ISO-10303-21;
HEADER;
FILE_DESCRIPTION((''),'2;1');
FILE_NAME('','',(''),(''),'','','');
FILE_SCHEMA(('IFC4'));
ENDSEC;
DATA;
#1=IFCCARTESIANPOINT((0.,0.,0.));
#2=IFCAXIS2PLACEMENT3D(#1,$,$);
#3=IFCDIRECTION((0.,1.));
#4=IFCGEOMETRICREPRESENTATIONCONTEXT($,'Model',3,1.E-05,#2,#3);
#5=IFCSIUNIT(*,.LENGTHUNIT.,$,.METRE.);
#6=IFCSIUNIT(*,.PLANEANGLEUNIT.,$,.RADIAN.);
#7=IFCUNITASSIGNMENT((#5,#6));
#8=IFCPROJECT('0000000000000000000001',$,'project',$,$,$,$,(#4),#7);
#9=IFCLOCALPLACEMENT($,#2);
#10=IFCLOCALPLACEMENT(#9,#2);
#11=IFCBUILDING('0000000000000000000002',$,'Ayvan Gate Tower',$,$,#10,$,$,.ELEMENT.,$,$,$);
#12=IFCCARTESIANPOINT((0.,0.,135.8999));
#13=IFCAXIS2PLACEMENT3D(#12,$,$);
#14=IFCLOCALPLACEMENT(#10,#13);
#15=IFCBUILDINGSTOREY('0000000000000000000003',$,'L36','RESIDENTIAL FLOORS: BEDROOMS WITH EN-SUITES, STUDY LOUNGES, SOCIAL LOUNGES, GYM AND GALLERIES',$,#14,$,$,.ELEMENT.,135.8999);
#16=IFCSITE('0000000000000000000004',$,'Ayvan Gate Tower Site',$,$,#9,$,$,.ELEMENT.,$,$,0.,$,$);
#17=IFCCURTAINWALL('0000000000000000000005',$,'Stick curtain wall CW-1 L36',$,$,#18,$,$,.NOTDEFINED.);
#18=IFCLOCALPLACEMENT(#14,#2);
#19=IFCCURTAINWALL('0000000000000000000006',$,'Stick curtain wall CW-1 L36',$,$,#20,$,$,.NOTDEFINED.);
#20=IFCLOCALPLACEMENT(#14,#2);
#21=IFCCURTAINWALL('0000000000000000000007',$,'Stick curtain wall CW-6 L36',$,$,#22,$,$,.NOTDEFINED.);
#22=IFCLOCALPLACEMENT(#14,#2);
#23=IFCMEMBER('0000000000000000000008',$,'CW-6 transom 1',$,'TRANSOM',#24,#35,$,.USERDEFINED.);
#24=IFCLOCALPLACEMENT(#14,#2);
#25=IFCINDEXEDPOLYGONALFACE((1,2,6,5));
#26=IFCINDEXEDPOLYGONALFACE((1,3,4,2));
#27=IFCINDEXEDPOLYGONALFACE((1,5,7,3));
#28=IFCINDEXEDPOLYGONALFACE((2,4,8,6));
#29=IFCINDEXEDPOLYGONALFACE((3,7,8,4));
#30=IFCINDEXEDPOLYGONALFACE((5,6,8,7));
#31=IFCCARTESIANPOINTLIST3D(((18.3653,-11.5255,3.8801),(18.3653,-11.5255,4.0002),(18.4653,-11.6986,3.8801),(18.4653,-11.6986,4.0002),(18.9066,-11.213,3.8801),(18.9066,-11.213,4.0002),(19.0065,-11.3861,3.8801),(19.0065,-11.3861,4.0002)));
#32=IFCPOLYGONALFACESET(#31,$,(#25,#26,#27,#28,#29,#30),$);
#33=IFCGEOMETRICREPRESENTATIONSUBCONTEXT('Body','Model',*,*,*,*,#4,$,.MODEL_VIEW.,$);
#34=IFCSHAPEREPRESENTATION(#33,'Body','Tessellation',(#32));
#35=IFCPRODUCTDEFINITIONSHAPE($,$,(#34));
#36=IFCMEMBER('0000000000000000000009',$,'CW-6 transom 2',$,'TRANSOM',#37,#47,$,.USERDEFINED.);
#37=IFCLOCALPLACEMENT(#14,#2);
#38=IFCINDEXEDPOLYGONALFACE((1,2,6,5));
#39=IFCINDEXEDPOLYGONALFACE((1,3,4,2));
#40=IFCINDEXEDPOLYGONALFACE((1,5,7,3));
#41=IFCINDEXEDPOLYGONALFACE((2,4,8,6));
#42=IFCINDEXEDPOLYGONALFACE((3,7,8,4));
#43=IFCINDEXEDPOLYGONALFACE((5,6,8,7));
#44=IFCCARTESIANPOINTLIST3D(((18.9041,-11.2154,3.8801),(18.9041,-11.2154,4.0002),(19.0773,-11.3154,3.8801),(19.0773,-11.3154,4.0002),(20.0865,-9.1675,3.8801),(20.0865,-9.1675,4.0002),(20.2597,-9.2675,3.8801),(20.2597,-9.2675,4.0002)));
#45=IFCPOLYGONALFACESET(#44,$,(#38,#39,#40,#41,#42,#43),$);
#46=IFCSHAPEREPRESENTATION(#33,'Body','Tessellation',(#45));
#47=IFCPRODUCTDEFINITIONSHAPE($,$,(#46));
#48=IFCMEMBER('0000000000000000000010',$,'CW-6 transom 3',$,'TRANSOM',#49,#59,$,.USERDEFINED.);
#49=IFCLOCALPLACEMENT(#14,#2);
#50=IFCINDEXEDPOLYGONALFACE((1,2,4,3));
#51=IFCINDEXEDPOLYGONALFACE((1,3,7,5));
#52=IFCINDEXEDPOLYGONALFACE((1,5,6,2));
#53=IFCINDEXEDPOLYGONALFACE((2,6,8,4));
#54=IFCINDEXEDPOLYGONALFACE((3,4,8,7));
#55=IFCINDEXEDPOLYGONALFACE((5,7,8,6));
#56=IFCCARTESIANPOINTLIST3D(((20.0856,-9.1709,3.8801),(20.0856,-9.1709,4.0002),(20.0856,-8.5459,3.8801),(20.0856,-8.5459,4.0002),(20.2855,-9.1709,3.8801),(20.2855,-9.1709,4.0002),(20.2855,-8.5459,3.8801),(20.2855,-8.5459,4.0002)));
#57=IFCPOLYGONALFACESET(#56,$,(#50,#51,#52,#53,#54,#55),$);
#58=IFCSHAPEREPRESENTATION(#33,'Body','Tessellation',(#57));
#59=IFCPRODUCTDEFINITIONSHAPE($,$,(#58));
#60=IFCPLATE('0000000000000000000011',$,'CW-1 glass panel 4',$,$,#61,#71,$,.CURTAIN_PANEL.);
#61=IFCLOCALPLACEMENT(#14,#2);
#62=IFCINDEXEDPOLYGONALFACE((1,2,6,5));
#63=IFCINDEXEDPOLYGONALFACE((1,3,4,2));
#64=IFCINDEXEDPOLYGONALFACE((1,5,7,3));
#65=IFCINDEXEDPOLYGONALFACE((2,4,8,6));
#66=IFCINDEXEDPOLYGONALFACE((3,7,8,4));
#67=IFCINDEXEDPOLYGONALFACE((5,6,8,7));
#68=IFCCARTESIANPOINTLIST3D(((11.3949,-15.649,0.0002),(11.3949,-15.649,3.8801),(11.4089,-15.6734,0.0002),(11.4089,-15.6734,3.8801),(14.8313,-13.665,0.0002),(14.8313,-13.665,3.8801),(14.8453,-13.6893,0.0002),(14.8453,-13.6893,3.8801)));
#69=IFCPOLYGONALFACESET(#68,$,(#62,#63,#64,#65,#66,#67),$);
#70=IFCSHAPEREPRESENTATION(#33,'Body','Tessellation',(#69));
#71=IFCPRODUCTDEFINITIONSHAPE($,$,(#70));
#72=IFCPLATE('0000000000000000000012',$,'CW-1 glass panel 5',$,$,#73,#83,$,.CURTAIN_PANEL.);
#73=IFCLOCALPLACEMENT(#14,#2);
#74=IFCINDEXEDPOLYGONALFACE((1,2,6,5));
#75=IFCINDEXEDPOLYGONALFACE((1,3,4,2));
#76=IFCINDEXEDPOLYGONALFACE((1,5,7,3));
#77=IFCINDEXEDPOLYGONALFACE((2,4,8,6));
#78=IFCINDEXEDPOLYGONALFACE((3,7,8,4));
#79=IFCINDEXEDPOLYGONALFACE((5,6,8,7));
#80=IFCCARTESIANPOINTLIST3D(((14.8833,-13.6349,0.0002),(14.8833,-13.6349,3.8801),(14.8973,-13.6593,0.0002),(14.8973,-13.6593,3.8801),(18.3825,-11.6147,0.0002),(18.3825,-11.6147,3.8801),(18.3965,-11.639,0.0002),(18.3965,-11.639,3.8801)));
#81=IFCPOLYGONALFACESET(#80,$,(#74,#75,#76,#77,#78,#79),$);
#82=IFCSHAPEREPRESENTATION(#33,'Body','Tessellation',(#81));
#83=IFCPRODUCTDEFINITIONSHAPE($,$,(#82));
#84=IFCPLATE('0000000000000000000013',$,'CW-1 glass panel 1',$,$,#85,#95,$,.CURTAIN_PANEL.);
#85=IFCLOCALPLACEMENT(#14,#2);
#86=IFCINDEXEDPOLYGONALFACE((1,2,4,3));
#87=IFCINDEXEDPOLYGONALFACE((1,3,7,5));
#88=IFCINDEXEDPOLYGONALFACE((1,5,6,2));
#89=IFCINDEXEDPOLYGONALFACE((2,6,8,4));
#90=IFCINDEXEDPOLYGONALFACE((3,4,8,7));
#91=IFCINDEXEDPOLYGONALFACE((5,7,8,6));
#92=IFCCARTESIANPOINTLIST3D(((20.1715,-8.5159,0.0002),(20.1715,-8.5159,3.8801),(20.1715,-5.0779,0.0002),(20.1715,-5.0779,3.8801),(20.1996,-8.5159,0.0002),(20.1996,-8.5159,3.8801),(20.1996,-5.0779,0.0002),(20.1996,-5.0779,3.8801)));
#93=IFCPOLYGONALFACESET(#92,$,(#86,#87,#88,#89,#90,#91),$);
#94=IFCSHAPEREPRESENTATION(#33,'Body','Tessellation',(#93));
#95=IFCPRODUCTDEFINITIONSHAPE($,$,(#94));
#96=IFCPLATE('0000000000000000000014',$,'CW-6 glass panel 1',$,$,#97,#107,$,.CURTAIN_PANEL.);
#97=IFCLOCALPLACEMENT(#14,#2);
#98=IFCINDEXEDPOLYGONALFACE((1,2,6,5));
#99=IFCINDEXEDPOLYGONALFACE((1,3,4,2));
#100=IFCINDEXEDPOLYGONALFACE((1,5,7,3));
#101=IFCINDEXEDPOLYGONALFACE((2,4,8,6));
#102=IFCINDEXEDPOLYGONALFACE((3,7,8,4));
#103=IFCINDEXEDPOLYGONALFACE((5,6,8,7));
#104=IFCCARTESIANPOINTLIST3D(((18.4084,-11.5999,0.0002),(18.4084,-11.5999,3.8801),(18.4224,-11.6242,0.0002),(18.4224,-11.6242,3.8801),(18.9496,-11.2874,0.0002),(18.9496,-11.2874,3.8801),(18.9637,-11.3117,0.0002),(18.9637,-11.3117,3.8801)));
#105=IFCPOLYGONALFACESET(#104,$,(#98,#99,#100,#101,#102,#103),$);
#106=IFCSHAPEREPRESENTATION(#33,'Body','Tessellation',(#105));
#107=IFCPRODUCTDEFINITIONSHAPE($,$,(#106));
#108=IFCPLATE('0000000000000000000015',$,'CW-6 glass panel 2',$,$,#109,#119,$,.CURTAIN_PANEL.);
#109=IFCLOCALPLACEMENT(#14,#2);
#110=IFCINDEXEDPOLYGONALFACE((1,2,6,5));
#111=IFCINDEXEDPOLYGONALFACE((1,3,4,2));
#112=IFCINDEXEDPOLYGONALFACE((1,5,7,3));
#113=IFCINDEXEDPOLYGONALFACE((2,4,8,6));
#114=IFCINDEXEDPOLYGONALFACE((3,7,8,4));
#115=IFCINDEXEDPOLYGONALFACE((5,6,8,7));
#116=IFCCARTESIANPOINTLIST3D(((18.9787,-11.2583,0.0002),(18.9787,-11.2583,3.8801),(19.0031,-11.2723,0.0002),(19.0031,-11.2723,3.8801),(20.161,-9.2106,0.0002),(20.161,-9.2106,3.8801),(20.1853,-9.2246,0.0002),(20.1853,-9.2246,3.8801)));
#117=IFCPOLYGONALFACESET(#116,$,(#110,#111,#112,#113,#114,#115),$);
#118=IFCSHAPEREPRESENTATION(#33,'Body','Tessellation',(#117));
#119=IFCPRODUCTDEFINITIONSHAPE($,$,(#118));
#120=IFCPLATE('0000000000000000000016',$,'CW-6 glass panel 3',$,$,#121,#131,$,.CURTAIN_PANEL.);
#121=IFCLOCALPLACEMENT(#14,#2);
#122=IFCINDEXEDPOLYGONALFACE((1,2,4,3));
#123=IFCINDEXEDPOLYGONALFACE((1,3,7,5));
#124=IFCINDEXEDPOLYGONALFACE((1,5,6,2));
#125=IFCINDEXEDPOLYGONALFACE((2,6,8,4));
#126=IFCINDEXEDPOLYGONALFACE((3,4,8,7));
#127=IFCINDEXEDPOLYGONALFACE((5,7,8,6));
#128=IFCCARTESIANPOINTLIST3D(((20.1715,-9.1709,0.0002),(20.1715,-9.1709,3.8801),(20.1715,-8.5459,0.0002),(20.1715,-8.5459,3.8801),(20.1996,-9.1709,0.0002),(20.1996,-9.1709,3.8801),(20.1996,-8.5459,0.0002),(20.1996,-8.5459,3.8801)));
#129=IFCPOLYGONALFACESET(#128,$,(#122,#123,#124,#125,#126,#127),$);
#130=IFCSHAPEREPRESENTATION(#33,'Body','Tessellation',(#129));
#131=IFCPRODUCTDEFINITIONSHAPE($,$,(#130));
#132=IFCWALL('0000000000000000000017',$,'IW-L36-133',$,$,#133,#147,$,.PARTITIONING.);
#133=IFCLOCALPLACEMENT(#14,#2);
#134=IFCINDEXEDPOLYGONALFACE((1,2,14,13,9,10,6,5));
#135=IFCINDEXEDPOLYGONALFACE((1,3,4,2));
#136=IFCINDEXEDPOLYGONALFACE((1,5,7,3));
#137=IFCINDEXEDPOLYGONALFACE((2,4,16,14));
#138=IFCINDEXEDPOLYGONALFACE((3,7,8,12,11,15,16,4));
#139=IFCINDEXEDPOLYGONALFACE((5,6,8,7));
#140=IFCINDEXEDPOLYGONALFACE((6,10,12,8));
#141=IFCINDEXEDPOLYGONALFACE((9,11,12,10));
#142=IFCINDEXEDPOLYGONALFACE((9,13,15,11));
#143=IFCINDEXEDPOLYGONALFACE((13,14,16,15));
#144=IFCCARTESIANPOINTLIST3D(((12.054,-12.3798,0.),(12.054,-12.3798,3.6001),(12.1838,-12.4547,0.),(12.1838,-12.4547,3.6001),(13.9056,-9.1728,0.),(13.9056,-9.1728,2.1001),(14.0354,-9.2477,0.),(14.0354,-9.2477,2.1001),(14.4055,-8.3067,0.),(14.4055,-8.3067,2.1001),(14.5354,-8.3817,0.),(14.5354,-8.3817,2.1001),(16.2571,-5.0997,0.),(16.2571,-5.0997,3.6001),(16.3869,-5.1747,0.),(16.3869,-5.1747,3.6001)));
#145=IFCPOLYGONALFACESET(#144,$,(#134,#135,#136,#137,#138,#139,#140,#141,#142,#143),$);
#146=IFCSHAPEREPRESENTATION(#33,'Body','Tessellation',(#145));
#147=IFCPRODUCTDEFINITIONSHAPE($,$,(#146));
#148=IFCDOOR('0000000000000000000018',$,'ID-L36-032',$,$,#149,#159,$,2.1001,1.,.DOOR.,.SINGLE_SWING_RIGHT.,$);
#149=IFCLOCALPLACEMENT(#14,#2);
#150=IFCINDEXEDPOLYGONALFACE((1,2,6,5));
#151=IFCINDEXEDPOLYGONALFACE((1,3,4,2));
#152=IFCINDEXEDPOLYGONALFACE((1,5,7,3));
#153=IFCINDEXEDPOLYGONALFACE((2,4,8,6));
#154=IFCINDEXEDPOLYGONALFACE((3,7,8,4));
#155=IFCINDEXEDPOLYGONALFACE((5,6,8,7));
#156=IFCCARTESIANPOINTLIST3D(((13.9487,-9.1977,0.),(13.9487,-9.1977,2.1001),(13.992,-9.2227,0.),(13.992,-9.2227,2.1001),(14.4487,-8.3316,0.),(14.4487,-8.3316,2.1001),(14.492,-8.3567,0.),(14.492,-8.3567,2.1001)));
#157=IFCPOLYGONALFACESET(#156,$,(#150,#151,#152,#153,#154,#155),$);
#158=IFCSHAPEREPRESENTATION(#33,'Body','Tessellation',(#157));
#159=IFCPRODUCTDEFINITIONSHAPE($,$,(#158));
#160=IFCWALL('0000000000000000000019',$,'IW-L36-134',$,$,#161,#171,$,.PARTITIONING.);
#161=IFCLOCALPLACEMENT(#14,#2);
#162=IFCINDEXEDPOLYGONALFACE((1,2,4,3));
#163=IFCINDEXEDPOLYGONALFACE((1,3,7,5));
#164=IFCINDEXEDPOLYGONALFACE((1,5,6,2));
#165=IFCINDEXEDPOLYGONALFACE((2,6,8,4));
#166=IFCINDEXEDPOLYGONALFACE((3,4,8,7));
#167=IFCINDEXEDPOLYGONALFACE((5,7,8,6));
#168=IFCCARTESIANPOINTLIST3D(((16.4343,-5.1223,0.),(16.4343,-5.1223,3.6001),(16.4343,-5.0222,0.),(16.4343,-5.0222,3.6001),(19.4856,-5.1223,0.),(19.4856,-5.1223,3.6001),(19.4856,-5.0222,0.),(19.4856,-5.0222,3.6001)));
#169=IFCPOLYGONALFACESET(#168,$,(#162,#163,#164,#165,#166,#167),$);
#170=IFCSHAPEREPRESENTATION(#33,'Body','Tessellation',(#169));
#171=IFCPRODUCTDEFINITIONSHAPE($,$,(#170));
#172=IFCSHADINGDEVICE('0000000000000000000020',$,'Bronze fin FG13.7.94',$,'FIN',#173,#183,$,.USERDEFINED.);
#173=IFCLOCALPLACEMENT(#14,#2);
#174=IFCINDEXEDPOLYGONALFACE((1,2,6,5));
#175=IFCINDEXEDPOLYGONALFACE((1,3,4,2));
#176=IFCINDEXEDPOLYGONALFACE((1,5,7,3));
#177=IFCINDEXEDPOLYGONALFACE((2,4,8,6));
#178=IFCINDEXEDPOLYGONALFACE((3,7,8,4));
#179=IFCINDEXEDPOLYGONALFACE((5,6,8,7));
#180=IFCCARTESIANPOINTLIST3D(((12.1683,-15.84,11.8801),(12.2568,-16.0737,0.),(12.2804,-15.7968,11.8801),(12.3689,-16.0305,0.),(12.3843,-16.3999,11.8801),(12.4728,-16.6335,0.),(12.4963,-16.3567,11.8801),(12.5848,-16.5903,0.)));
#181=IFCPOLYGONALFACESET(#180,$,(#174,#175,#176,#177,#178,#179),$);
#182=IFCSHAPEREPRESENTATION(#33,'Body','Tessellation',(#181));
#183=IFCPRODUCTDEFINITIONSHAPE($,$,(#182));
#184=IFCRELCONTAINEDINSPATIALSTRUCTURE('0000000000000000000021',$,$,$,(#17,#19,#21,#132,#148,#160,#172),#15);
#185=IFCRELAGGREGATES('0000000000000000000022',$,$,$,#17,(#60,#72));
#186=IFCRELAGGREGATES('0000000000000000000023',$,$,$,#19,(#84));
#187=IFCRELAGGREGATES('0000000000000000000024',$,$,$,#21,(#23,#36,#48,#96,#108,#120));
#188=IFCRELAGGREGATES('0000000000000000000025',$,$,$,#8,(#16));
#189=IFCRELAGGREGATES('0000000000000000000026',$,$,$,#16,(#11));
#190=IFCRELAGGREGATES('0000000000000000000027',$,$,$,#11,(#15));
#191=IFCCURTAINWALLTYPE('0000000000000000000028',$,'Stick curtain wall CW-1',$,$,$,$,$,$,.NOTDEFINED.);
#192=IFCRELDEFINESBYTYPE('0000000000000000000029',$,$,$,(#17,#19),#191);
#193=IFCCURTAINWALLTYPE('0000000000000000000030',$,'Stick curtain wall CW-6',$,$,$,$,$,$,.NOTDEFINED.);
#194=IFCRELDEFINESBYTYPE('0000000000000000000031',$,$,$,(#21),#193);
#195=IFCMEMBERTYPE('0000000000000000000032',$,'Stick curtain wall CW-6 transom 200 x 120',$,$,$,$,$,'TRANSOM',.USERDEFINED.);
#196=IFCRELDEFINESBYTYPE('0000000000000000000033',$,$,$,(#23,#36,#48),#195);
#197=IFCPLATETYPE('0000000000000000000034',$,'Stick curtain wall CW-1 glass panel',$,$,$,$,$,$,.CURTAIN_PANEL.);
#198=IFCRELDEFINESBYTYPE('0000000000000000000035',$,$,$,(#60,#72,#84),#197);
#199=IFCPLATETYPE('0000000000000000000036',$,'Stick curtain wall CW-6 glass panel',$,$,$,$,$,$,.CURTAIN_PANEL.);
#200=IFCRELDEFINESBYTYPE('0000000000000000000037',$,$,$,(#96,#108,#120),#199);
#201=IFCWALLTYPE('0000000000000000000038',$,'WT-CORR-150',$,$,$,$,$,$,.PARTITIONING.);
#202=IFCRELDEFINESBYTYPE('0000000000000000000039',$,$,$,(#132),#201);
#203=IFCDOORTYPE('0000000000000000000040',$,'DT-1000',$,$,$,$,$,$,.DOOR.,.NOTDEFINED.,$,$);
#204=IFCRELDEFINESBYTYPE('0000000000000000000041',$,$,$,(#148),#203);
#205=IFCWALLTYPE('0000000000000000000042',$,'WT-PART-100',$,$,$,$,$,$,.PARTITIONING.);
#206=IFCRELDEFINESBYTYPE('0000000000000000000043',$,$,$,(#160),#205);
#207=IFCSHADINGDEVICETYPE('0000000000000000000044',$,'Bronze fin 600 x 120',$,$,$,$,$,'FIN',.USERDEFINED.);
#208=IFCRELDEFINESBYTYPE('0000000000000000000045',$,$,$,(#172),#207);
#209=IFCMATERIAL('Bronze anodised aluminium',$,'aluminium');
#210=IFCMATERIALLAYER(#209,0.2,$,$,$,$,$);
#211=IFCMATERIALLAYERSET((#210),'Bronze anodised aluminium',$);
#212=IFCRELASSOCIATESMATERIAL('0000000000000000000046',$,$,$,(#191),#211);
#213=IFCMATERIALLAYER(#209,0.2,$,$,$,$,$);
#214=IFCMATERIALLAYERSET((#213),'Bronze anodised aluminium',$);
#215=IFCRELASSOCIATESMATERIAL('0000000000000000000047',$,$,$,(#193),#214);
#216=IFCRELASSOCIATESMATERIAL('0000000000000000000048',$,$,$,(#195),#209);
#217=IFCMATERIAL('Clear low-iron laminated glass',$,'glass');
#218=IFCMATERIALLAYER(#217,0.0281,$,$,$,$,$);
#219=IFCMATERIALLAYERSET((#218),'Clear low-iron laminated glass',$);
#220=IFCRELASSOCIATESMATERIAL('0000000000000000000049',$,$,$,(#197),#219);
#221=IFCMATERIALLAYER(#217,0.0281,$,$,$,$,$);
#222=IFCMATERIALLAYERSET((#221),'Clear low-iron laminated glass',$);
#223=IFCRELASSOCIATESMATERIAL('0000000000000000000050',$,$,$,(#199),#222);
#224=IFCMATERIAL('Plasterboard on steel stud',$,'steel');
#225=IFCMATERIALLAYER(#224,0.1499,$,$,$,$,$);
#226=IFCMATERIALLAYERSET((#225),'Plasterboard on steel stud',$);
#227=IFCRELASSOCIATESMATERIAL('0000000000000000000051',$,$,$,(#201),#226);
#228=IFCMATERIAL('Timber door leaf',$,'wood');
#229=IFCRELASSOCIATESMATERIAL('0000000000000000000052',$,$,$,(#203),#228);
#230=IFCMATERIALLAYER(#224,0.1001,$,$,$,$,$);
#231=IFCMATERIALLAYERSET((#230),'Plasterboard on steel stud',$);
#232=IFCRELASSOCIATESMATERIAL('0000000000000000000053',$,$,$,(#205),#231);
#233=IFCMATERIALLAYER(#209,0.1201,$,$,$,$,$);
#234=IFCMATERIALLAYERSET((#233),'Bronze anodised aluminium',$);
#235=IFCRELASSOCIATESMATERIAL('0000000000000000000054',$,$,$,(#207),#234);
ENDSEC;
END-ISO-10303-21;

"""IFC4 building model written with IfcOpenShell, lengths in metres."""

from ifc_helpers import new_model, si_unit, direction, frame, frame_2d, origin, origin_2d, place, context, subcontext, project, spatial, polyline, rectangle, outline, extrude, material, layer, layer_set, material_profile, profile_set, type_object, element, fill, aggregate, save


model = new_model("IFC4")

# Units and contexts
model_context = context("Model", 3, precision=1e-05, world=origin(), true_north=direction((0.0, 1.0)))
body_context = subcontext(model_context, "Body", "Model", "MODEL_VIEW")
ifc_project = project(units=[si_unit("LENGTHUNIT", "METRE"), si_unit("PLANEANGLEUNIT", "RADIAN")], contexts=[model_context])

# Site, building, storey
site_placement = place(None, origin())
site = spatial("IfcSite", under=ifc_project, at=site_placement, Name="Ayvan Gate Tower Site", CompositionType="ELEMENT", RefElevation=0.0)
building_placement = place(site_placement, origin())
building = spatial("IfcBuilding", under=site, at=building_placement, Name="Ayvan Gate Tower", CompositionType="ELEMENT")
storey_placement = place(building_placement, frame((0.0, 0.0, 135.8999)))
storey = spatial("IfcBuildingStorey", under=building, at=storey_placement, Name="L36", Description="RESIDENTIAL FLOORS: BEDROOMS WITH EN-SUITES, STUDY LOUNGES, SOCIAL LOUNGES, GYM AND GALLERIES", CompositionType="ELEMENT", Elevation=135.8999)

# Curtain walls, members
ifc_material_1 = material(Name="Bronze anodised aluminium", Category="aluminium")
ifc_layer_1 = layer(ifc_material_1, 0.2)
ifc_layer_set_1 = layer_set([ifc_layer_1], Name="Bronze anodised aluminium")
curtain_wall_type_1 = type_object("IfcCurtainWallType", Name="Stick curtain wall CW-1", PredefinedType="NOTDEFINED", material=ifc_layer_set_1)
curtain_wall_1_placement = place(storey_placement, origin())
curtain_wall_1 = element("IfcCurtainWall", 1, at=curtain_wall_1_placement, inside=storey, type_object=curtain_wall_type_1, Name="Stick curtain wall CW-1 L36", PredefinedType="NOTDEFINED")
curtain_wall_2_placement = place(storey_placement, origin())
curtain_wall_2 = element("IfcCurtainWall", 2, at=curtain_wall_2_placement, inside=storey, type_object=curtain_wall_type_1, Name="Stick curtain wall CW-1 L36", PredefinedType="NOTDEFINED")
ifc_layer_2 = layer(ifc_material_1, 0.2)
ifc_layer_set_2 = layer_set([ifc_layer_2], Name="Bronze anodised aluminium")
curtain_wall_type_2 = type_object("IfcCurtainWallType", Name="Stick curtain wall CW-6", PredefinedType="NOTDEFINED", material=ifc_layer_set_2)
curtain_wall_3_placement = place(storey_placement, origin())
curtain_wall_3 = element("IfcCurtainWall", 3, at=curtain_wall_3_placement, inside=storey, type_object=curtain_wall_type_2, Name="Stick curtain wall CW-6 L36", PredefinedType="NOTDEFINED")
ifc_material_profile_1 = material_profile(ifc_material_1, rectangle(XDim=0.2, YDim=0.1201, at=origin_2d()), Name="Stick curtain wall CW-6 transom 200 x 120")
ifc_profile_set_1 = profile_set([ifc_material_profile_1], Name="Bronze anodised aluminium")
member_type_1 = type_object("IfcMemberType", Name="Stick curtain wall CW-6 transom 200 x 120", ElementType="TRANSOM", PredefinedType="USERDEFINED", material=ifc_profile_set_1)
member_1_placement = place(storey_placement, frame((18.4153, -11.6121, 3.9402), z_axis=(0.866023, 0.500004, 0.0), x_axis=(-0.500004, 0.866023, 0.0)))
member_1 = element("IfcMember", 4, at=member_1_placement, type_object=member_type_1, Name="CW-6 transom 1", ObjectType="TRANSOM", PredefinedType="USERDEFINED", context=body_context, shape_type="SweptSolid", body=[
    extrude(rectangle(XDim=0.2, YDim=0.1201, at=origin_2d()), origin(), (0.0, 0.0, 1.0), 0.625),
])
member_2_placement = place(storey_placement, frame((18.9907, -11.2654, 3.9402), z_axis=(0.500014, 0.866017, 0.0), x_axis=(-0.866017, 0.500014, 0.0)))
member_2 = element("IfcMember", 5, at=member_2_placement, type_object=member_type_1, Name="CW-6 transom 2", ObjectType="TRANSOM", PredefinedType="USERDEFINED", context=body_context, shape_type="SweptSolid", body=[
    extrude(rectangle(XDim=0.2, YDim=0.1201, at=origin_2d()), origin(), (0.0, 0.0, 1.0), 2.3647),
])
member_3_placement = place(storey_placement, frame((20.1855, -9.1709, 3.9402), z_axis=(0.0, 1.0, 0.0), x_axis=(-1.0, 0.0, 0.0)))
member_3 = element("IfcMember", 6, at=member_3_placement, type_object=member_type_1, Name="CW-6 transom 3", ObjectType="TRANSOM", PredefinedType="USERDEFINED", context=body_context, shape_type="SweptSolid", body=[
    extrude(rectangle(XDim=0.2, YDim=0.1201, at=origin_2d()), origin(), (0.0, 0.0, 1.0), 0.625),
])

# Plates
ifc_material_2 = material(Name="Clear low-iron laminated glass", Category="glass")
ifc_layer_3 = layer(ifc_material_2, 0.0281)
ifc_layer_set_3 = layer_set([ifc_layer_3], Name="Clear low-iron laminated glass")
plate_type_1 = type_object("IfcPlateType", Name="Stick curtain wall CW-1 glass panel", PredefinedType="CURTAIN_PANEL", material=ifc_layer_set_3)
plate_1_placement = place(storey_placement, frame((13.1201, -14.6692, 0.0002), z_axis=(0.0, 0.0, 1.0), x_axis=(0.866025, 0.5, 0.0)))
plate_1 = element("IfcPlate", 7, at=plate_1_placement, type_object=plate_type_1, Name="CW-1 glass panel 4", PredefinedType="CURTAIN_PANEL", context=body_context, shape_type="SweptSolid", body=[
    extrude(rectangle(XDim=3.968, YDim=0.0281, at=origin_2d()), origin(), (0.0, 0.0, 1.0), 3.8799),
])
plate_2_placement = place(storey_placement, frame((16.6399, -12.637, 0.0002), z_axis=(0.0, 0.0, 1.0), x_axis=(0.866025, 0.5, 0.0)))
plate_2 = element("IfcPlate", 8, at=plate_2_placement, type_object=plate_type_1, Name="CW-1 glass panel 5", PredefinedType="CURTAIN_PANEL", context=body_context, shape_type="SweptSolid", body=[
    extrude(rectangle(XDim=4.0405, YDim=0.0281, at=origin_2d()), origin(), (0.0, 0.0, 1.0), 3.8799),
])
aggregate(curtain_wall_1, [plate_1, plate_2])
plate_3_placement = place(storey_placement, frame((20.1855, -6.7969, 0.0002), z_axis=(0.0, 0.0, 1.0), x_axis=(0.0, 1.0, 0.0)))
plate_3 = element("IfcPlate", 9, at=plate_3_placement, type_object=plate_type_1, Name="CW-1 glass panel 1", PredefinedType="CURTAIN_PANEL", context=body_context, shape_type="SweptSolid", body=[
    extrude(rectangle(XDim=3.438, YDim=0.0281, at=origin_2d()), origin(), (0.0, 0.0, 1.0), 3.8799),
])
aggregate(curtain_wall_2, [plate_3])
ifc_layer_4 = layer(ifc_material_2, 0.0281)
ifc_layer_set_4 = layer_set([ifc_layer_4], Name="Clear low-iron laminated glass")
plate_type_2 = type_object("IfcPlateType", Name="Stick curtain wall CW-6 glass panel", PredefinedType="CURTAIN_PANEL", material=ifc_layer_set_4)
plate_4_placement = place(storey_placement, frame((18.686, -11.4558, 0.0002), z_axis=(0.0, 0.0, 1.0), x_axis=(0.866025, 0.5, 0.0)))
plate_4 = element("IfcPlate", 10, at=plate_4_placement, type_object=plate_type_2, Name="CW-6 glass panel 1", PredefinedType="CURTAIN_PANEL", context=body_context, shape_type="SweptSolid", body=[
    extrude(rectangle(XDim=0.625, YDim=0.0281, at=origin_2d()), origin(), (0.0, 0.0, 1.0), 3.8799),
])
plate_5_placement = place(storey_placement, frame((19.582, -10.2415, 0.0002), z_axis=(0.0, 0.0, 1.0), x_axis=(0.5, 0.866025, 0.0)))
plate_5 = element("IfcPlate", 11, at=plate_5_placement, type_object=plate_type_2, Name="CW-6 glass panel 2", PredefinedType="CURTAIN_PANEL", context=body_context, shape_type="SweptSolid", body=[
    extrude(rectangle(XDim=2.3645, YDim=0.0281, at=origin_2d()), origin(), (0.0, 0.0, 1.0), 3.8799),
])
plate_6_placement = place(storey_placement, frame((20.1855, -8.8584, 0.0002), z_axis=(0.0, 0.0, 1.0), x_axis=(0.0, 1.0, 0.0)))
plate_6 = element("IfcPlate", 12, at=plate_6_placement, type_object=plate_type_2, Name="CW-6 glass panel 3", PredefinedType="CURTAIN_PANEL", context=body_context, shape_type="SweptSolid", body=[
    extrude(rectangle(XDim=0.625, YDim=0.0281, at=origin_2d()), origin(), (0.0, 0.0, 1.0), 3.8799),
])
aggregate(curtain_wall_3, [member_1, member_2, member_3, plate_4, plate_5, plate_6])

# Wall, opening, door
ifc_material_3 = material(Name="Plasterboard on steel stud", Category="steel")
ifc_layer_5 = layer(ifc_material_3, 0.1499)
ifc_layer_set_5 = layer_set([ifc_layer_5], Name="Plasterboard on steel stud")
wall_type_1 = type_object("IfcWallType", Name="WT-CORR-150", PredefinedType="PARTITIONING", material=ifc_layer_set_5)
wall_1_placement = place(storey_placement, frame((16.322, -5.1372, 0.0), z_axis=(0.0, 0.0, 1.0), x_axis=(-0.5, -0.866026, 0.0)))
wall_1 = element("IfcWall", 13, at=wall_1_placement, inside=storey, type_object=wall_type_1, Name="IW-L36-133", PredefinedType="PARTITIONING", context=body_context, shape_type="SweptSolid", body=[
    extrude(rectangle(XDim=8.4062, YDim=0.1499, at=frame_2d((4.2031, 0.0))), origin(), (0.0, 0.0, 1.0), 3.6001),
])
opening_placement = place(wall_1_placement, frame((3.7031, 0.0, 0.0)))
opening = element("IfcOpeningElement", 14, at=opening_placement, cuts=wall_1, PredefinedType="OPENING", context=body_context, shape_type="SweptSolid", body=[
    extrude(rectangle(XDim=1.0, YDim=2.1001, at=frame_2d((0.5, 1.05))), frame((0.0, 0.085, 0.0), z_axis=(0.0, -1.0, 0.0), x_axis=(1.0, 0.0, 0.0)), (0.0, 0.0, 1.0), 0.1699),
])
ifc_material_4 = material(Name="Timber door leaf", Category="wood")
door_type = type_object("IfcDoorType", Name="DT-1000", OperationType="NOTDEFINED", PredefinedType="DOOR", material=ifc_material_4)
door_placement = place(opening_placement, origin())
door = element("IfcDoor", 15, at=door_placement, inside=storey, type_object=door_type, Name="ID-L36-032", OperationType="SINGLE_SWING_RIGHT", OverallHeight=2.1001, OverallWidth=1.0, PredefinedType="DOOR", context=body_context, shape_type="SweptSolid", body=[
    extrude(rectangle(XDim=1.0, YDim=2.1001, at=frame_2d((0.5, 1.05))), frame((0.0, 0.0249, 0.0), z_axis=(0.0, -1.0, 0.0), x_axis=(1.0, 0.0, 0.0)), (0.0, 0.0, 1.0), 0.05),
])
fill(opening, door)

# Wall
ifc_layer_6 = layer(ifc_material_3, 0.1001)
ifc_layer_set_6 = layer_set([ifc_layer_6], Name="Plasterboard on steel stud")
wall_type_2 = type_object("IfcWallType", Name="WT-PART-100", PredefinedType="PARTITIONING", material=ifc_layer_set_6)
wall_2_placement = place(storey_placement, frame((19.4856, -5.0723, 0.0), z_axis=(0.0, 0.0, 1.0), x_axis=(-1.0, 0.0, 0.0)))
element("IfcWall", 16, at=wall_2_placement, inside=storey, type_object=wall_type_2, Name="IW-L36-134", PredefinedType="PARTITIONING", context=body_context, shape_type="SweptSolid", body=[
    extrude(rectangle(XDim=3.0513, YDim=0.1001, at=frame_2d((1.5256, 0.0))), origin(), (0.0, 0.0, 1.0), 3.6001),
])

# Shading device
ifc_layer_7 = layer(ifc_material_1, 0.1201)
ifc_layer_set_7 = layer_set([ifc_layer_7], Name="Bronze anodised aluminium")
shading_device_type = type_object("IfcShadingDeviceType", Name="Bronze fin 600 x 120", ElementType="FIN", PredefinedType="USERDEFINED", material=ifc_layer_set_7)
shading_device_1_placement = place(storey_placement, frame((12.2568, -16.0737, 0.0), z_axis=(-0.932994, -0.359892, 0.000128), x_axis=(0.359892, -0.932994, 0.0)))
element("IfcShadingDevice", 17, at=shading_device_1_placement, inside=storey, type_object=shading_device_type, Name="Bronze fin FG13.7.94", ObjectType="FIN", PredefinedType="USERDEFINED", context=body_context, shape_type="SweptSolid", body=[
    extrude(outline(polyline([(0.0, 0.0), (0.6, 0.0), (0.3502, 11.8801), (-0.2499, 11.8801), (0.0, 0.0)])), origin(), (0.0, 0.0, -1.0), 0.1201),
])

save(model, "model.ifc")
